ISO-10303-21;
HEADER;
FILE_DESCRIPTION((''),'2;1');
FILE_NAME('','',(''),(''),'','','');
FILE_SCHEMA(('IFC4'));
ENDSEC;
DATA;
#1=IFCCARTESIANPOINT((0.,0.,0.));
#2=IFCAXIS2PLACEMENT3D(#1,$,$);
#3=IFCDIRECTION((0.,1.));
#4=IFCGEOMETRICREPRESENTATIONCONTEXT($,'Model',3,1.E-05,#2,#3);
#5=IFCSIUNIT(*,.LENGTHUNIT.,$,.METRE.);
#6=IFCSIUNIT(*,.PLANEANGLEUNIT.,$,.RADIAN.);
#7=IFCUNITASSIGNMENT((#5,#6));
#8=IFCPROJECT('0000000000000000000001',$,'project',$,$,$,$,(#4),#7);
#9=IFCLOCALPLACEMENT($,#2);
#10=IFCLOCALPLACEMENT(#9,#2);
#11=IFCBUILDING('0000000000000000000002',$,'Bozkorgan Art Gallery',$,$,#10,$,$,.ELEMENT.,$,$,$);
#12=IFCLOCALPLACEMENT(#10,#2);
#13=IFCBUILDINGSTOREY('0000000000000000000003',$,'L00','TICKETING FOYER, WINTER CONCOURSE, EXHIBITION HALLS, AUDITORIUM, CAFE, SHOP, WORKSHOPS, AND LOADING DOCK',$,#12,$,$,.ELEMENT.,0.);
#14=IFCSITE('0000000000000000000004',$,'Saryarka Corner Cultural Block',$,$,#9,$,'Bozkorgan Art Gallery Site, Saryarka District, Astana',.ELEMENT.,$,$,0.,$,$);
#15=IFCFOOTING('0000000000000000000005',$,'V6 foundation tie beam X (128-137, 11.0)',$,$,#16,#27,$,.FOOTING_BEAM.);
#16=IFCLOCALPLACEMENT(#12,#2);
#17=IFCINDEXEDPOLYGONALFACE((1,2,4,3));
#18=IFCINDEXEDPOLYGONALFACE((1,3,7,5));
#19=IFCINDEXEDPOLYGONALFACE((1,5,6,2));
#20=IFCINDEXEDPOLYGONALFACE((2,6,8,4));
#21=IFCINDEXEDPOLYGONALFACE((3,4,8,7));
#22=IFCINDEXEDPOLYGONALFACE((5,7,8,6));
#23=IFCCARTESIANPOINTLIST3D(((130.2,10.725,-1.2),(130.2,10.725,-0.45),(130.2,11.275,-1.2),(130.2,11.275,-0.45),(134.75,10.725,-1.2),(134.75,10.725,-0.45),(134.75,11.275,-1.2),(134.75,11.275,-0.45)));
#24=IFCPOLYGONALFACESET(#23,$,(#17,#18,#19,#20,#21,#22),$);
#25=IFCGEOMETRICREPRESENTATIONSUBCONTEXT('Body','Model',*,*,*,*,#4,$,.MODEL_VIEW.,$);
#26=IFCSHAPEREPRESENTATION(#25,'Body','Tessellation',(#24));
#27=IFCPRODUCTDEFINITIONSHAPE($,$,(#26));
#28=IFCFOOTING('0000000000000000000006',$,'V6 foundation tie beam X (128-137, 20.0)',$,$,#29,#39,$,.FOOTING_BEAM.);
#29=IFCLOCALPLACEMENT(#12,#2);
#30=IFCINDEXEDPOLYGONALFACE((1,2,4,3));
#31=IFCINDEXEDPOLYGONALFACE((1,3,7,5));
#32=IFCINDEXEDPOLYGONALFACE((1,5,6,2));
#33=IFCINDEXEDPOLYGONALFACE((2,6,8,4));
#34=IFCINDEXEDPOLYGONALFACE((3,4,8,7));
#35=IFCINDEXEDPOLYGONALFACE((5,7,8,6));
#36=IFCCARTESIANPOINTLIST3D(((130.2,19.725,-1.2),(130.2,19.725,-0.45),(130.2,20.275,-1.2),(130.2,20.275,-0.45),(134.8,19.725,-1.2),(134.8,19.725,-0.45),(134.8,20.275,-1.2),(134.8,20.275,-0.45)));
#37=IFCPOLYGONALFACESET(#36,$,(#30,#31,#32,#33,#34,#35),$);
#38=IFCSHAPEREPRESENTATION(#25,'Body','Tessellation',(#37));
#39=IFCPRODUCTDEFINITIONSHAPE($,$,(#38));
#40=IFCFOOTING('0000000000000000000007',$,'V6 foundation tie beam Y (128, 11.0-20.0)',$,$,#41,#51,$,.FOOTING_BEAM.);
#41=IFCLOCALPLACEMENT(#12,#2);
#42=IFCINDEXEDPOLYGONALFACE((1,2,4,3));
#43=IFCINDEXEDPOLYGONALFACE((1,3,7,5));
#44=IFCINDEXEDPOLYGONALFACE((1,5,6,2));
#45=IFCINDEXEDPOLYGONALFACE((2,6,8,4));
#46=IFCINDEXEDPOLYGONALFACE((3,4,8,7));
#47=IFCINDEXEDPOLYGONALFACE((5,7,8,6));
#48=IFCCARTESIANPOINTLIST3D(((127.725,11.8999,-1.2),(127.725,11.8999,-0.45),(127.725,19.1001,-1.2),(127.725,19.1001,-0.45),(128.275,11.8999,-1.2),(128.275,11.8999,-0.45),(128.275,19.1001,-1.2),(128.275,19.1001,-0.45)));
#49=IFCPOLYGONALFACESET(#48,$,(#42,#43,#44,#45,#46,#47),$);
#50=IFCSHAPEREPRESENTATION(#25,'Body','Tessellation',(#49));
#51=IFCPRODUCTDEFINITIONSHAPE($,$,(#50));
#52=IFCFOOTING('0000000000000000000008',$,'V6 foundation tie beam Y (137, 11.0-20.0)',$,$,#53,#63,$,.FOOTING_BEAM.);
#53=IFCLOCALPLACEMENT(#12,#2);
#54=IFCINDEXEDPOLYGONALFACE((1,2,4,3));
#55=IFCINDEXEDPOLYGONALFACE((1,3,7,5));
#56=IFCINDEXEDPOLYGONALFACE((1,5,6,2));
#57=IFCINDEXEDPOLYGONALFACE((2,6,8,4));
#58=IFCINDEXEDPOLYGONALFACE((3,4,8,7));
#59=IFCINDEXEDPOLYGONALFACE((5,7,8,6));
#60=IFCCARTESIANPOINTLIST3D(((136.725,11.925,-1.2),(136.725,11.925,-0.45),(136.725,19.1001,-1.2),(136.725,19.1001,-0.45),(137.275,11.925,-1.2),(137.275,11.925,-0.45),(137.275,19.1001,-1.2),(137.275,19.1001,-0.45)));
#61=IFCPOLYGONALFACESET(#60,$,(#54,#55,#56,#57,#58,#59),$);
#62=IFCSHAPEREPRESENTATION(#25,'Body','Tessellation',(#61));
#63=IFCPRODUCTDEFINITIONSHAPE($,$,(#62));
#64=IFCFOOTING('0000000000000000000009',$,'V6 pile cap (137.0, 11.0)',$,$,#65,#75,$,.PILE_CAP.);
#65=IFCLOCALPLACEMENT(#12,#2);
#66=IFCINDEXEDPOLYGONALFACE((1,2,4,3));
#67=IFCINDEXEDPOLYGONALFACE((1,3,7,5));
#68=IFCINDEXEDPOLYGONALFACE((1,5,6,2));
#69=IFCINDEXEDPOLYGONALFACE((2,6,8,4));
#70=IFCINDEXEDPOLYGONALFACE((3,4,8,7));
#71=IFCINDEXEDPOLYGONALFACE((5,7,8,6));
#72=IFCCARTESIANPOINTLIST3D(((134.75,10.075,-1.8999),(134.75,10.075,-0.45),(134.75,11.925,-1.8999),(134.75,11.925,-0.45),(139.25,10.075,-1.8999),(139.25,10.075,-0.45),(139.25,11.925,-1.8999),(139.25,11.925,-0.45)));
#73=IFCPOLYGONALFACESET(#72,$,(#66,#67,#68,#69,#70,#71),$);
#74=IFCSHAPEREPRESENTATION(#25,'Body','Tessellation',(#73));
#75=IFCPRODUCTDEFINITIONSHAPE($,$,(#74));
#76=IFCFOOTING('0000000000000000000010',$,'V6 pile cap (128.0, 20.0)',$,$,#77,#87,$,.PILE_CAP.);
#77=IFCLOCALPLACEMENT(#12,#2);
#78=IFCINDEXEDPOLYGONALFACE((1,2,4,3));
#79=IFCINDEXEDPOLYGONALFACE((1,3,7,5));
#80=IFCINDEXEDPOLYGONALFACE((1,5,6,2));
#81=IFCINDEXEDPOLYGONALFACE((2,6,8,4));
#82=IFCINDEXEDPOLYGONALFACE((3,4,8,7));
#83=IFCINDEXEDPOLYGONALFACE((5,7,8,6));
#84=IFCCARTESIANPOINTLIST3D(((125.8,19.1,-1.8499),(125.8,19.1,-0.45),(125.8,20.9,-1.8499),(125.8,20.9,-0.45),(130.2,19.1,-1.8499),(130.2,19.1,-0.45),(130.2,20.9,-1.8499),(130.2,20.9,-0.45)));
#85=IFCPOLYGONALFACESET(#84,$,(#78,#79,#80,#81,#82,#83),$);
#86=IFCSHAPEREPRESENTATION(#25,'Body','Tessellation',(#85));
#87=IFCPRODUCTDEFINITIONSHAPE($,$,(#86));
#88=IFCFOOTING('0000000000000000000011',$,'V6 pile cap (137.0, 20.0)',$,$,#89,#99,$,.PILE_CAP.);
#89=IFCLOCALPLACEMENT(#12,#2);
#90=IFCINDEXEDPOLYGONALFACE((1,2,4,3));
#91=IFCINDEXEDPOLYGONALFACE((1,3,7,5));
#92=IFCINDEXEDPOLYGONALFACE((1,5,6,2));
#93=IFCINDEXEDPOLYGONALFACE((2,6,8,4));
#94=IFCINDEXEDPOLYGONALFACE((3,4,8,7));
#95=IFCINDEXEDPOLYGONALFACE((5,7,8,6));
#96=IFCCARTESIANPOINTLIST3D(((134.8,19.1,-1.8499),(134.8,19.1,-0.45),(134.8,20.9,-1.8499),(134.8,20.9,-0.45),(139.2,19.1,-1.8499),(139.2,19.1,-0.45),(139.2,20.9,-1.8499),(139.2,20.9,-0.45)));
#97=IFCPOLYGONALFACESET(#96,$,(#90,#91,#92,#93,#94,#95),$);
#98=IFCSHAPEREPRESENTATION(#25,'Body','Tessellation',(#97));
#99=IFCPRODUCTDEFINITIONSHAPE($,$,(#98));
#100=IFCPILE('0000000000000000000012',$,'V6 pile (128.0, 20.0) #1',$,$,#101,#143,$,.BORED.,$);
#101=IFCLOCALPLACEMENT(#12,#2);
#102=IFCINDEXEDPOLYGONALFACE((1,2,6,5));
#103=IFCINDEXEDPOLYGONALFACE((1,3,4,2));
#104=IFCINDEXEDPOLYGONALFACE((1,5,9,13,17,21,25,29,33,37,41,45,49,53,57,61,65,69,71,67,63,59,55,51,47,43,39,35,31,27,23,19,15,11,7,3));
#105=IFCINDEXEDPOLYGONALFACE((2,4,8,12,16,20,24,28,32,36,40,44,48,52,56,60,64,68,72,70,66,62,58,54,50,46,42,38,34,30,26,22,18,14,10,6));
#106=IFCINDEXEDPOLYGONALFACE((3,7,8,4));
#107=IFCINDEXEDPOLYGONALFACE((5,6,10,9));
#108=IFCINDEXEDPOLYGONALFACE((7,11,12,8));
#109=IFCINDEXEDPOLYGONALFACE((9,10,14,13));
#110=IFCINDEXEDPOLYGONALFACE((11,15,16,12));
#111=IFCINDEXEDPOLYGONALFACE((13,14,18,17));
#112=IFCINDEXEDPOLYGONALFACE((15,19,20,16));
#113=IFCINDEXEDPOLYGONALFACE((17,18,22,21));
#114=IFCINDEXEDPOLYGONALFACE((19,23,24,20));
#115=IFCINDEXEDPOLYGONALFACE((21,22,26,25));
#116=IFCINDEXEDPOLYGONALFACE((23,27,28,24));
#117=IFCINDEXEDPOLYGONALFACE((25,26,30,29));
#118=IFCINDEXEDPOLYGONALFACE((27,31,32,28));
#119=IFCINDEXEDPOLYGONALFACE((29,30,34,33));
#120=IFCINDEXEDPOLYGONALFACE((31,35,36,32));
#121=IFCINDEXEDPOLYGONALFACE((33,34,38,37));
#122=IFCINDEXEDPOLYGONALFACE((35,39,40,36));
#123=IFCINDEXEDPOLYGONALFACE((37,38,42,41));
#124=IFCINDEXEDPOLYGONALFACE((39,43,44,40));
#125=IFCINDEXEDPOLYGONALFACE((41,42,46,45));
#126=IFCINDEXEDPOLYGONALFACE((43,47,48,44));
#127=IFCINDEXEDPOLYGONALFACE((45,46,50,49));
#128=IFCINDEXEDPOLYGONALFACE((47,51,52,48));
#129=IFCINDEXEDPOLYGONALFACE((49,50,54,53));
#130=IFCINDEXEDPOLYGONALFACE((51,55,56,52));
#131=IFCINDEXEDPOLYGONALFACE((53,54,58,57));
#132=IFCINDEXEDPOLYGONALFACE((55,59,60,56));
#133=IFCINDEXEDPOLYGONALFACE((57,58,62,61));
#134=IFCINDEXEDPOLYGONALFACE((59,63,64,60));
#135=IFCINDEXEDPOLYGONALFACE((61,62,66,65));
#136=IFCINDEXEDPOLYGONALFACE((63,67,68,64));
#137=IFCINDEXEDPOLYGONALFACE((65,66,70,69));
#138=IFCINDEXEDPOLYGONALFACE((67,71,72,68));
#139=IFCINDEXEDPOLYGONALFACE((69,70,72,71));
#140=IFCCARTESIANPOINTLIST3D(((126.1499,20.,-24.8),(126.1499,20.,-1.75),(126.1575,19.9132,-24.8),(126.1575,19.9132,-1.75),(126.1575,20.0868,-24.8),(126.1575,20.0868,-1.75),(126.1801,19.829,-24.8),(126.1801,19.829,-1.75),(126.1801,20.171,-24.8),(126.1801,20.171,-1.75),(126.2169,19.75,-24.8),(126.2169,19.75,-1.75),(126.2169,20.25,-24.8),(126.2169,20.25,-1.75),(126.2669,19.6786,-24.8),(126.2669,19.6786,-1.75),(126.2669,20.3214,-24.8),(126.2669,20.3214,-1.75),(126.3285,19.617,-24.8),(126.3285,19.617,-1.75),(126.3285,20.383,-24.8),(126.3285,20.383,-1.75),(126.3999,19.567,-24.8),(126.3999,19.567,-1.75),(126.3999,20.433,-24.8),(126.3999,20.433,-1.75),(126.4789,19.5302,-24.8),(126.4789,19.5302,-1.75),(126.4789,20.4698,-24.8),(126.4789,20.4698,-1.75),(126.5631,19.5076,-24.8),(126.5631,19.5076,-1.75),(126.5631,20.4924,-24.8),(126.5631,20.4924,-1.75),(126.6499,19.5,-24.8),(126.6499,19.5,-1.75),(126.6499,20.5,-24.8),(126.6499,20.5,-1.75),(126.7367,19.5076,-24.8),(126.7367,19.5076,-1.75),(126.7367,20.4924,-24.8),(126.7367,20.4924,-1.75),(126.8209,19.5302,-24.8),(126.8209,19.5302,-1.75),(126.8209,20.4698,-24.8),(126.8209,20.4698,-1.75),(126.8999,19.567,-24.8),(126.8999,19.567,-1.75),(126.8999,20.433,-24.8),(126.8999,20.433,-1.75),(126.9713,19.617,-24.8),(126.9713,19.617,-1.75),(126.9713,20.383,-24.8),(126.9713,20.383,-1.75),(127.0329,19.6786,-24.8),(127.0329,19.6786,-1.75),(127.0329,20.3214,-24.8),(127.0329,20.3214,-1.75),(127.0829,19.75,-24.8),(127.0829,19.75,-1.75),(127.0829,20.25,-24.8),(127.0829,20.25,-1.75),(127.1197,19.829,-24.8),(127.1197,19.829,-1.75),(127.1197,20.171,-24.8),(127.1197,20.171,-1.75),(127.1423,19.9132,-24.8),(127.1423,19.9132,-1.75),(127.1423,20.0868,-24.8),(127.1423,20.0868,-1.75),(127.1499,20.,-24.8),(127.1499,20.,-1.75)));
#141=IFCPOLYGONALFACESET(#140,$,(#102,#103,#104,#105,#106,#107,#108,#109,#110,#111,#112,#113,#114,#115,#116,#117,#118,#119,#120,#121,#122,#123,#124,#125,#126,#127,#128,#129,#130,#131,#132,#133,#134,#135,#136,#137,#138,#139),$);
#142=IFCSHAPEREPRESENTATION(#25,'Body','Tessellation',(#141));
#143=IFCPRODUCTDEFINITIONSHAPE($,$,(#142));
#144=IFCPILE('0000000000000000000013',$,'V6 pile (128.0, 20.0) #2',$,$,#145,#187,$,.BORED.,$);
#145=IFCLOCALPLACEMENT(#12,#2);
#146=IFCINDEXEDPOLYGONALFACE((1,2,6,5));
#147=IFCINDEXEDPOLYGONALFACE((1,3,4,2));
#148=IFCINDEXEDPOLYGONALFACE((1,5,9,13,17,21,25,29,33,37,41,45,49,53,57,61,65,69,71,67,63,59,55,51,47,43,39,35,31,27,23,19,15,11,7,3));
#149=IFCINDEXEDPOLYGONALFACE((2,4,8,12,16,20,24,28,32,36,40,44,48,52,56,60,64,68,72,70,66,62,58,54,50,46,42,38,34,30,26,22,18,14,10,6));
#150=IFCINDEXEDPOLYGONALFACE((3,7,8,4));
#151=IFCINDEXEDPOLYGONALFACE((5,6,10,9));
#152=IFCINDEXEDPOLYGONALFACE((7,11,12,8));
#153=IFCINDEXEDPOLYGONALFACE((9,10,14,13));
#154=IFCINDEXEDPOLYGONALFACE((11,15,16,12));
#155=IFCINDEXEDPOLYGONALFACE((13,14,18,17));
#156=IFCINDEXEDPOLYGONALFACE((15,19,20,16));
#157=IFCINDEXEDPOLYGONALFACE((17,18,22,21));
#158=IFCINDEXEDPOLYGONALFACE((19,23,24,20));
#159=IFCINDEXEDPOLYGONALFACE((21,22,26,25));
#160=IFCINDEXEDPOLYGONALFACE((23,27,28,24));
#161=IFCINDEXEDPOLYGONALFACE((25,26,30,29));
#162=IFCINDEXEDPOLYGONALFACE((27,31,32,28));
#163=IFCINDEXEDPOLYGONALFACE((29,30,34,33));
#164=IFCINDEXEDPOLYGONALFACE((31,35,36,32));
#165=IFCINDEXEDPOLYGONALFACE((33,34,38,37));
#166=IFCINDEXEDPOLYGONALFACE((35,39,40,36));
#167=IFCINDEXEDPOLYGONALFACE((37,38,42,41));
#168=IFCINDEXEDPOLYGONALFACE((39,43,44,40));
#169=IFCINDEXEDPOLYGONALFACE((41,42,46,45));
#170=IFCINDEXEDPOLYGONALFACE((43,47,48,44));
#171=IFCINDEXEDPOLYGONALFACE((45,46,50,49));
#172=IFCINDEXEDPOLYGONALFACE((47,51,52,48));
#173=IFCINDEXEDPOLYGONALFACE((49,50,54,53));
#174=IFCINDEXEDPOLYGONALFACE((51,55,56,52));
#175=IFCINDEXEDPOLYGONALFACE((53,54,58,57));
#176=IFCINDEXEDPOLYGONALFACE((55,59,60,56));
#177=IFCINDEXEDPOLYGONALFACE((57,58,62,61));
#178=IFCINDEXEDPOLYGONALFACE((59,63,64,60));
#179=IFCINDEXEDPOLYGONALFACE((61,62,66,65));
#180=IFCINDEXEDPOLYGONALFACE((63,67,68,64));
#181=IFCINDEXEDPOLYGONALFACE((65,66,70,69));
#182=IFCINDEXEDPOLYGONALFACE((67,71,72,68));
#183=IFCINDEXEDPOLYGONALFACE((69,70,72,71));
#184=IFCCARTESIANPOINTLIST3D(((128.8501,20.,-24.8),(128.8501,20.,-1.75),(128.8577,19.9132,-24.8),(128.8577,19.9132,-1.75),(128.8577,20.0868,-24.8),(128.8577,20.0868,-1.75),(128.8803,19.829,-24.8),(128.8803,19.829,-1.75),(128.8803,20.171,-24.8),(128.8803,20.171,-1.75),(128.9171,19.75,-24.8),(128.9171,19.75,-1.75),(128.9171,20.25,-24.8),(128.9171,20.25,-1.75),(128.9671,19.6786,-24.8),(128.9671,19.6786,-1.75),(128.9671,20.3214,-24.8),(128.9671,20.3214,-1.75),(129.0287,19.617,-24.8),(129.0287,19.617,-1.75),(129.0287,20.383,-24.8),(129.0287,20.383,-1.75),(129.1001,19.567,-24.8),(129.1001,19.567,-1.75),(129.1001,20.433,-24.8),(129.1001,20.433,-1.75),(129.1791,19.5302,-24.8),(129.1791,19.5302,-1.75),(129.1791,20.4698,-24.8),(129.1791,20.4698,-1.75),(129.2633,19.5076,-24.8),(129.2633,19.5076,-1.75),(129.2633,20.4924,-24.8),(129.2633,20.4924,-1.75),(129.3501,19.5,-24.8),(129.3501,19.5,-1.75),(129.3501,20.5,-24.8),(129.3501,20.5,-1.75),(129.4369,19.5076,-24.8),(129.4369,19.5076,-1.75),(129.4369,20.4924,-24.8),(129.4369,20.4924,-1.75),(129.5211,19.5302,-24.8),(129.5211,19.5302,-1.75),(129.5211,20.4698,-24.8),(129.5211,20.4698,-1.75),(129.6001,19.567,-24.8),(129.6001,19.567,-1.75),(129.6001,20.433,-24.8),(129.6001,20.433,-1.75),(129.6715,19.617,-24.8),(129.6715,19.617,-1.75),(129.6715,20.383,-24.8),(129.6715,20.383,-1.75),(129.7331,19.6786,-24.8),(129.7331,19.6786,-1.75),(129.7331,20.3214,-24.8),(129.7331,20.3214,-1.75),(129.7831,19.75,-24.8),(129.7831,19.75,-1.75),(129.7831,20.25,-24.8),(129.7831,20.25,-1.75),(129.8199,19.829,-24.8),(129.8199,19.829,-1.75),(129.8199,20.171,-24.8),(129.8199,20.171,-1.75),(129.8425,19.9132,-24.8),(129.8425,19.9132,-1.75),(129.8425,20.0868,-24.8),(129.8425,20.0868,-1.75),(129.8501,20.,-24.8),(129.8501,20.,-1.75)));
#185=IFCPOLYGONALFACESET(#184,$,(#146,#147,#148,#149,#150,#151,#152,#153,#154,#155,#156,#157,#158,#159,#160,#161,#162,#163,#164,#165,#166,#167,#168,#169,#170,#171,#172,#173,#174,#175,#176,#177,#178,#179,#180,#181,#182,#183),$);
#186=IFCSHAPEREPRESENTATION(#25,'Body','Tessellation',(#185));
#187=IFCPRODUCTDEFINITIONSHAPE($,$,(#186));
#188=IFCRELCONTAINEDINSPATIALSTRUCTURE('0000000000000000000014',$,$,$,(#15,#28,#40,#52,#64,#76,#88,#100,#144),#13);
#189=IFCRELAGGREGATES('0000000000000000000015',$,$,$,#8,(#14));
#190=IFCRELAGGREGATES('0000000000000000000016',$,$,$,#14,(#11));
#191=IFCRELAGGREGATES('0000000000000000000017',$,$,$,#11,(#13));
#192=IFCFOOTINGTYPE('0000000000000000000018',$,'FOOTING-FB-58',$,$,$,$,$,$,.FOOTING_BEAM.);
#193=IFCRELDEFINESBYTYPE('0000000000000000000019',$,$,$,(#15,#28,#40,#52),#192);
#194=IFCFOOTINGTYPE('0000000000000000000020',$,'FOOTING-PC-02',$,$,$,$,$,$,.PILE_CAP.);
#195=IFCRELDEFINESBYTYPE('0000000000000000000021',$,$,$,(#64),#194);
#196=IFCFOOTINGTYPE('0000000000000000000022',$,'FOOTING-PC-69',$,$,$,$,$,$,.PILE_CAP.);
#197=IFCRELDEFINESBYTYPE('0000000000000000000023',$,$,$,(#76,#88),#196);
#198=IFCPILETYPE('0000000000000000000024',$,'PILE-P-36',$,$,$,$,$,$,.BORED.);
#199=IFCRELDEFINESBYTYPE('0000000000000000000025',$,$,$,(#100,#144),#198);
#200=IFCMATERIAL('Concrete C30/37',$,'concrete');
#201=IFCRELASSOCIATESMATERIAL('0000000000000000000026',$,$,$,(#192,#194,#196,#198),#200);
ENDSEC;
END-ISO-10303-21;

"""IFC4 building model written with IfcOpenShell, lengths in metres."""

from ifc_helpers import new_model, si_unit, direction, frame, origin, origin_2d, place, context, subcontext, project, spatial, rectangle, circle, extrude, material, material_profile, profile_set, type_object, element, save


model = new_model("IFC4")

# Units and contexts
model_context = context("Model", 3, precision=1e-05, world=origin(), true_north=direction((0.0, 1.0)))
body_context = subcontext(model_context, "Body", "Model", "MODEL_VIEW")
ifc_project = project(units=[si_unit("LENGTHUNIT", "METRE"), si_unit("PLANEANGLEUNIT", "RADIAN")], contexts=[model_context])

# Site, building, storey
site_placement = place(None, origin())
site = spatial("IfcSite", under=ifc_project, at=site_placement, Name="Saryarka Corner Cultural Block", LongName="Bozkorgan Art Gallery Site, Saryarka District, Astana", CompositionType="ELEMENT", RefElevation=0.0)
building_placement = place(site_placement, origin())
building = spatial("IfcBuilding", under=site, at=building_placement, Name="Bozkorgan Art Gallery", CompositionType="ELEMENT")
storey_placement = place(building_placement, origin())
storey = spatial("IfcBuildingStorey", under=building, at=storey_placement, Name="L00", Description="TICKETING FOYER, WINTER CONCOURSE, EXHIBITION HALLS, AUDITORIUM, CAFE, SHOP, WORKSHOPS, AND LOADING DOCK", CompositionType="ELEMENT", Elevation=0.0)

# Footings
ifc_material_1 = material(Name="Concrete C30/37", Category="concrete")
ifc_material_profile_1 = material_profile(ifc_material_1, rectangle(XDim=0.55, YDim=0.75, at=origin_2d()), Name="FND 550x750")
ifc_profile_set_1 = profile_set([ifc_material_profile_1], Name="Concrete C30/37")
footing_type_1 = type_object("IfcFootingType", Name="FOOTING-FB-58", PredefinedType="FOOTING_BEAM", material=ifc_profile_set_1)
footing_1_placement = place(storey_placement, frame((130.2, 11.0, -0.825), z_axis=(1.0, 0.0, 0.0), x_axis=(0.0, 1.0, 0.0)))
element("IfcFooting", 1, at=footing_1_placement, inside=storey, type_object=footing_type_1, Name="V6 foundation tie beam X (128-137, 11.0)", PredefinedType="FOOTING_BEAM", context=body_context, shape_type="SweptSolid", body=[
    extrude(rectangle(XDim=0.55, YDim=0.75, at=origin_2d()), origin(), (0.0, 0.0, 1.0), 4.55),
])
footing_2_placement = place(storey_placement, frame((130.2, 20.0, -0.825), z_axis=(1.0, 0.0, 0.0), x_axis=(0.0, 1.0, 0.0)))
element("IfcFooting", 2, at=footing_2_placement, inside=storey, type_object=footing_type_1, Name="V6 foundation tie beam X (128-137, 20.0)", PredefinedType="FOOTING_BEAM", context=body_context, shape_type="SweptSolid", body=[
    extrude(rectangle(XDim=0.55, YDim=0.75, at=origin_2d()), origin(), (0.0, 0.0, 1.0), 4.6001),
])
footing_3_placement = place(storey_placement, frame((128.0, 11.8999, -0.825), z_axis=(0.0, 1.0, 0.0), x_axis=(-1.0, 0.0, 0.0)))
element("IfcFooting", 3, at=footing_3_placement, inside=storey, type_object=footing_type_1, Name="V6 foundation tie beam Y (128, 11.0-20.0)", PredefinedType="FOOTING_BEAM", context=body_context, shape_type="SweptSolid", body=[
    extrude(rectangle(XDim=0.55, YDim=0.75, at=origin_2d()), origin(), (0.0, 0.0, 1.0), 7.2002),
])
footing_4_placement = place(storey_placement, frame((137.0, 11.925, -0.825), z_axis=(0.0, 1.0, 0.0), x_axis=(-1.0, 0.0, 0.0)))
element("IfcFooting", 4, at=footing_4_placement, inside=storey, type_object=footing_type_1, Name="V6 foundation tie beam Y (137, 11.0-20.0)", PredefinedType="FOOTING_BEAM", context=body_context, shape_type="SweptSolid", body=[
    extrude(rectangle(XDim=0.55, YDim=0.75, at=origin_2d()), origin(), (0.0, 0.0, 1.0), 7.175),
])
footing_type_2 = type_object("IfcFootingType", Name="FOOTING-PC-02", PredefinedType="PILE_CAP", material=ifc_material_1)
footing_5_placement = place(storey_placement, frame((137.0, 11.0, -1.8999), z_axis=(0.0, 0.0, 1.0), x_axis=(1.0, 0.0, 0.0)))
element("IfcFooting", 5, at=footing_5_placement, inside=storey, type_object=footing_type_2, Name="V6 pile cap (137.0, 11.0)", PredefinedType="PILE_CAP", context=body_context, shape_type="SweptSolid", body=[
    extrude(rectangle(XDim=4.5, YDim=1.8501, at=origin_2d()), origin(), (0.0, 0.0, 1.0), 1.45),
])
footing_type_3 = type_object("IfcFootingType", Name="FOOTING-PC-69", PredefinedType="PILE_CAP", material=ifc_material_1)
for number, where, z_axis, x_axis, name in (
    (6, (128.0, 20.0, -1.8499), (0.0, 0.0, 1.0), (1.0, 0.0, 0.0), "V6 pile cap (128.0, 20.0)"),
    (7, (137.0, 20.0, -1.8499), (0.0, 0.0, 1.0), (1.0, 0.0, 0.0), "V6 pile cap (137.0, 20.0)"),
):
    element("IfcFooting", number, at=place(storey_placement, frame(where, z_axis=z_axis, x_axis=x_axis)), inside=storey, type_object=footing_type_3, Name=name, PredefinedType="PILE_CAP", context=body_context, shape_type="SweptSolid", body=[
        extrude(rectangle(XDim=4.3999, YDim=1.8, at=origin_2d()), origin(), (0.0, 0.0, 1.0), 1.3999),
    ])

# Piles
ifc_material_profile_2 = material_profile(ifc_material_1, circle(Radius=0.5, at=origin_2d()), Name="PILE D1000")
ifc_profile_set_2 = profile_set([ifc_material_profile_2], Name="Concrete C30/37")
pile_type_1 = type_object("IfcPileType", Name="PILE-P-36", PredefinedType="BORED", material=ifc_profile_set_2)
for number, where, z_axis, x_axis, name in (
    (8, (126.6499, 20.0, -1.75), (0.0, 0.0, -1.0), (1.0, 0.0, 0.0), "V6 pile (128.0, 20.0) #1"),
    (9, (129.3501, 20.0, -1.75), (0.0, 0.0, -1.0), (1.0, 0.0, 0.0), "V6 pile (128.0, 20.0) #2"),
):
    element("IfcPile", number, at=place(storey_placement, frame(where, z_axis=z_axis, x_axis=x_axis)), inside=storey, type_object=pile_type_1, Name=name, PredefinedType="BORED", context=body_context, shape_type="SweptSolid", body=[
        extrude(circle(Radius=0.5, at=origin_2d()), origin(), (0.0, 0.0, 1.0), 23.05),
    ])

save(model, "model.ifc")
